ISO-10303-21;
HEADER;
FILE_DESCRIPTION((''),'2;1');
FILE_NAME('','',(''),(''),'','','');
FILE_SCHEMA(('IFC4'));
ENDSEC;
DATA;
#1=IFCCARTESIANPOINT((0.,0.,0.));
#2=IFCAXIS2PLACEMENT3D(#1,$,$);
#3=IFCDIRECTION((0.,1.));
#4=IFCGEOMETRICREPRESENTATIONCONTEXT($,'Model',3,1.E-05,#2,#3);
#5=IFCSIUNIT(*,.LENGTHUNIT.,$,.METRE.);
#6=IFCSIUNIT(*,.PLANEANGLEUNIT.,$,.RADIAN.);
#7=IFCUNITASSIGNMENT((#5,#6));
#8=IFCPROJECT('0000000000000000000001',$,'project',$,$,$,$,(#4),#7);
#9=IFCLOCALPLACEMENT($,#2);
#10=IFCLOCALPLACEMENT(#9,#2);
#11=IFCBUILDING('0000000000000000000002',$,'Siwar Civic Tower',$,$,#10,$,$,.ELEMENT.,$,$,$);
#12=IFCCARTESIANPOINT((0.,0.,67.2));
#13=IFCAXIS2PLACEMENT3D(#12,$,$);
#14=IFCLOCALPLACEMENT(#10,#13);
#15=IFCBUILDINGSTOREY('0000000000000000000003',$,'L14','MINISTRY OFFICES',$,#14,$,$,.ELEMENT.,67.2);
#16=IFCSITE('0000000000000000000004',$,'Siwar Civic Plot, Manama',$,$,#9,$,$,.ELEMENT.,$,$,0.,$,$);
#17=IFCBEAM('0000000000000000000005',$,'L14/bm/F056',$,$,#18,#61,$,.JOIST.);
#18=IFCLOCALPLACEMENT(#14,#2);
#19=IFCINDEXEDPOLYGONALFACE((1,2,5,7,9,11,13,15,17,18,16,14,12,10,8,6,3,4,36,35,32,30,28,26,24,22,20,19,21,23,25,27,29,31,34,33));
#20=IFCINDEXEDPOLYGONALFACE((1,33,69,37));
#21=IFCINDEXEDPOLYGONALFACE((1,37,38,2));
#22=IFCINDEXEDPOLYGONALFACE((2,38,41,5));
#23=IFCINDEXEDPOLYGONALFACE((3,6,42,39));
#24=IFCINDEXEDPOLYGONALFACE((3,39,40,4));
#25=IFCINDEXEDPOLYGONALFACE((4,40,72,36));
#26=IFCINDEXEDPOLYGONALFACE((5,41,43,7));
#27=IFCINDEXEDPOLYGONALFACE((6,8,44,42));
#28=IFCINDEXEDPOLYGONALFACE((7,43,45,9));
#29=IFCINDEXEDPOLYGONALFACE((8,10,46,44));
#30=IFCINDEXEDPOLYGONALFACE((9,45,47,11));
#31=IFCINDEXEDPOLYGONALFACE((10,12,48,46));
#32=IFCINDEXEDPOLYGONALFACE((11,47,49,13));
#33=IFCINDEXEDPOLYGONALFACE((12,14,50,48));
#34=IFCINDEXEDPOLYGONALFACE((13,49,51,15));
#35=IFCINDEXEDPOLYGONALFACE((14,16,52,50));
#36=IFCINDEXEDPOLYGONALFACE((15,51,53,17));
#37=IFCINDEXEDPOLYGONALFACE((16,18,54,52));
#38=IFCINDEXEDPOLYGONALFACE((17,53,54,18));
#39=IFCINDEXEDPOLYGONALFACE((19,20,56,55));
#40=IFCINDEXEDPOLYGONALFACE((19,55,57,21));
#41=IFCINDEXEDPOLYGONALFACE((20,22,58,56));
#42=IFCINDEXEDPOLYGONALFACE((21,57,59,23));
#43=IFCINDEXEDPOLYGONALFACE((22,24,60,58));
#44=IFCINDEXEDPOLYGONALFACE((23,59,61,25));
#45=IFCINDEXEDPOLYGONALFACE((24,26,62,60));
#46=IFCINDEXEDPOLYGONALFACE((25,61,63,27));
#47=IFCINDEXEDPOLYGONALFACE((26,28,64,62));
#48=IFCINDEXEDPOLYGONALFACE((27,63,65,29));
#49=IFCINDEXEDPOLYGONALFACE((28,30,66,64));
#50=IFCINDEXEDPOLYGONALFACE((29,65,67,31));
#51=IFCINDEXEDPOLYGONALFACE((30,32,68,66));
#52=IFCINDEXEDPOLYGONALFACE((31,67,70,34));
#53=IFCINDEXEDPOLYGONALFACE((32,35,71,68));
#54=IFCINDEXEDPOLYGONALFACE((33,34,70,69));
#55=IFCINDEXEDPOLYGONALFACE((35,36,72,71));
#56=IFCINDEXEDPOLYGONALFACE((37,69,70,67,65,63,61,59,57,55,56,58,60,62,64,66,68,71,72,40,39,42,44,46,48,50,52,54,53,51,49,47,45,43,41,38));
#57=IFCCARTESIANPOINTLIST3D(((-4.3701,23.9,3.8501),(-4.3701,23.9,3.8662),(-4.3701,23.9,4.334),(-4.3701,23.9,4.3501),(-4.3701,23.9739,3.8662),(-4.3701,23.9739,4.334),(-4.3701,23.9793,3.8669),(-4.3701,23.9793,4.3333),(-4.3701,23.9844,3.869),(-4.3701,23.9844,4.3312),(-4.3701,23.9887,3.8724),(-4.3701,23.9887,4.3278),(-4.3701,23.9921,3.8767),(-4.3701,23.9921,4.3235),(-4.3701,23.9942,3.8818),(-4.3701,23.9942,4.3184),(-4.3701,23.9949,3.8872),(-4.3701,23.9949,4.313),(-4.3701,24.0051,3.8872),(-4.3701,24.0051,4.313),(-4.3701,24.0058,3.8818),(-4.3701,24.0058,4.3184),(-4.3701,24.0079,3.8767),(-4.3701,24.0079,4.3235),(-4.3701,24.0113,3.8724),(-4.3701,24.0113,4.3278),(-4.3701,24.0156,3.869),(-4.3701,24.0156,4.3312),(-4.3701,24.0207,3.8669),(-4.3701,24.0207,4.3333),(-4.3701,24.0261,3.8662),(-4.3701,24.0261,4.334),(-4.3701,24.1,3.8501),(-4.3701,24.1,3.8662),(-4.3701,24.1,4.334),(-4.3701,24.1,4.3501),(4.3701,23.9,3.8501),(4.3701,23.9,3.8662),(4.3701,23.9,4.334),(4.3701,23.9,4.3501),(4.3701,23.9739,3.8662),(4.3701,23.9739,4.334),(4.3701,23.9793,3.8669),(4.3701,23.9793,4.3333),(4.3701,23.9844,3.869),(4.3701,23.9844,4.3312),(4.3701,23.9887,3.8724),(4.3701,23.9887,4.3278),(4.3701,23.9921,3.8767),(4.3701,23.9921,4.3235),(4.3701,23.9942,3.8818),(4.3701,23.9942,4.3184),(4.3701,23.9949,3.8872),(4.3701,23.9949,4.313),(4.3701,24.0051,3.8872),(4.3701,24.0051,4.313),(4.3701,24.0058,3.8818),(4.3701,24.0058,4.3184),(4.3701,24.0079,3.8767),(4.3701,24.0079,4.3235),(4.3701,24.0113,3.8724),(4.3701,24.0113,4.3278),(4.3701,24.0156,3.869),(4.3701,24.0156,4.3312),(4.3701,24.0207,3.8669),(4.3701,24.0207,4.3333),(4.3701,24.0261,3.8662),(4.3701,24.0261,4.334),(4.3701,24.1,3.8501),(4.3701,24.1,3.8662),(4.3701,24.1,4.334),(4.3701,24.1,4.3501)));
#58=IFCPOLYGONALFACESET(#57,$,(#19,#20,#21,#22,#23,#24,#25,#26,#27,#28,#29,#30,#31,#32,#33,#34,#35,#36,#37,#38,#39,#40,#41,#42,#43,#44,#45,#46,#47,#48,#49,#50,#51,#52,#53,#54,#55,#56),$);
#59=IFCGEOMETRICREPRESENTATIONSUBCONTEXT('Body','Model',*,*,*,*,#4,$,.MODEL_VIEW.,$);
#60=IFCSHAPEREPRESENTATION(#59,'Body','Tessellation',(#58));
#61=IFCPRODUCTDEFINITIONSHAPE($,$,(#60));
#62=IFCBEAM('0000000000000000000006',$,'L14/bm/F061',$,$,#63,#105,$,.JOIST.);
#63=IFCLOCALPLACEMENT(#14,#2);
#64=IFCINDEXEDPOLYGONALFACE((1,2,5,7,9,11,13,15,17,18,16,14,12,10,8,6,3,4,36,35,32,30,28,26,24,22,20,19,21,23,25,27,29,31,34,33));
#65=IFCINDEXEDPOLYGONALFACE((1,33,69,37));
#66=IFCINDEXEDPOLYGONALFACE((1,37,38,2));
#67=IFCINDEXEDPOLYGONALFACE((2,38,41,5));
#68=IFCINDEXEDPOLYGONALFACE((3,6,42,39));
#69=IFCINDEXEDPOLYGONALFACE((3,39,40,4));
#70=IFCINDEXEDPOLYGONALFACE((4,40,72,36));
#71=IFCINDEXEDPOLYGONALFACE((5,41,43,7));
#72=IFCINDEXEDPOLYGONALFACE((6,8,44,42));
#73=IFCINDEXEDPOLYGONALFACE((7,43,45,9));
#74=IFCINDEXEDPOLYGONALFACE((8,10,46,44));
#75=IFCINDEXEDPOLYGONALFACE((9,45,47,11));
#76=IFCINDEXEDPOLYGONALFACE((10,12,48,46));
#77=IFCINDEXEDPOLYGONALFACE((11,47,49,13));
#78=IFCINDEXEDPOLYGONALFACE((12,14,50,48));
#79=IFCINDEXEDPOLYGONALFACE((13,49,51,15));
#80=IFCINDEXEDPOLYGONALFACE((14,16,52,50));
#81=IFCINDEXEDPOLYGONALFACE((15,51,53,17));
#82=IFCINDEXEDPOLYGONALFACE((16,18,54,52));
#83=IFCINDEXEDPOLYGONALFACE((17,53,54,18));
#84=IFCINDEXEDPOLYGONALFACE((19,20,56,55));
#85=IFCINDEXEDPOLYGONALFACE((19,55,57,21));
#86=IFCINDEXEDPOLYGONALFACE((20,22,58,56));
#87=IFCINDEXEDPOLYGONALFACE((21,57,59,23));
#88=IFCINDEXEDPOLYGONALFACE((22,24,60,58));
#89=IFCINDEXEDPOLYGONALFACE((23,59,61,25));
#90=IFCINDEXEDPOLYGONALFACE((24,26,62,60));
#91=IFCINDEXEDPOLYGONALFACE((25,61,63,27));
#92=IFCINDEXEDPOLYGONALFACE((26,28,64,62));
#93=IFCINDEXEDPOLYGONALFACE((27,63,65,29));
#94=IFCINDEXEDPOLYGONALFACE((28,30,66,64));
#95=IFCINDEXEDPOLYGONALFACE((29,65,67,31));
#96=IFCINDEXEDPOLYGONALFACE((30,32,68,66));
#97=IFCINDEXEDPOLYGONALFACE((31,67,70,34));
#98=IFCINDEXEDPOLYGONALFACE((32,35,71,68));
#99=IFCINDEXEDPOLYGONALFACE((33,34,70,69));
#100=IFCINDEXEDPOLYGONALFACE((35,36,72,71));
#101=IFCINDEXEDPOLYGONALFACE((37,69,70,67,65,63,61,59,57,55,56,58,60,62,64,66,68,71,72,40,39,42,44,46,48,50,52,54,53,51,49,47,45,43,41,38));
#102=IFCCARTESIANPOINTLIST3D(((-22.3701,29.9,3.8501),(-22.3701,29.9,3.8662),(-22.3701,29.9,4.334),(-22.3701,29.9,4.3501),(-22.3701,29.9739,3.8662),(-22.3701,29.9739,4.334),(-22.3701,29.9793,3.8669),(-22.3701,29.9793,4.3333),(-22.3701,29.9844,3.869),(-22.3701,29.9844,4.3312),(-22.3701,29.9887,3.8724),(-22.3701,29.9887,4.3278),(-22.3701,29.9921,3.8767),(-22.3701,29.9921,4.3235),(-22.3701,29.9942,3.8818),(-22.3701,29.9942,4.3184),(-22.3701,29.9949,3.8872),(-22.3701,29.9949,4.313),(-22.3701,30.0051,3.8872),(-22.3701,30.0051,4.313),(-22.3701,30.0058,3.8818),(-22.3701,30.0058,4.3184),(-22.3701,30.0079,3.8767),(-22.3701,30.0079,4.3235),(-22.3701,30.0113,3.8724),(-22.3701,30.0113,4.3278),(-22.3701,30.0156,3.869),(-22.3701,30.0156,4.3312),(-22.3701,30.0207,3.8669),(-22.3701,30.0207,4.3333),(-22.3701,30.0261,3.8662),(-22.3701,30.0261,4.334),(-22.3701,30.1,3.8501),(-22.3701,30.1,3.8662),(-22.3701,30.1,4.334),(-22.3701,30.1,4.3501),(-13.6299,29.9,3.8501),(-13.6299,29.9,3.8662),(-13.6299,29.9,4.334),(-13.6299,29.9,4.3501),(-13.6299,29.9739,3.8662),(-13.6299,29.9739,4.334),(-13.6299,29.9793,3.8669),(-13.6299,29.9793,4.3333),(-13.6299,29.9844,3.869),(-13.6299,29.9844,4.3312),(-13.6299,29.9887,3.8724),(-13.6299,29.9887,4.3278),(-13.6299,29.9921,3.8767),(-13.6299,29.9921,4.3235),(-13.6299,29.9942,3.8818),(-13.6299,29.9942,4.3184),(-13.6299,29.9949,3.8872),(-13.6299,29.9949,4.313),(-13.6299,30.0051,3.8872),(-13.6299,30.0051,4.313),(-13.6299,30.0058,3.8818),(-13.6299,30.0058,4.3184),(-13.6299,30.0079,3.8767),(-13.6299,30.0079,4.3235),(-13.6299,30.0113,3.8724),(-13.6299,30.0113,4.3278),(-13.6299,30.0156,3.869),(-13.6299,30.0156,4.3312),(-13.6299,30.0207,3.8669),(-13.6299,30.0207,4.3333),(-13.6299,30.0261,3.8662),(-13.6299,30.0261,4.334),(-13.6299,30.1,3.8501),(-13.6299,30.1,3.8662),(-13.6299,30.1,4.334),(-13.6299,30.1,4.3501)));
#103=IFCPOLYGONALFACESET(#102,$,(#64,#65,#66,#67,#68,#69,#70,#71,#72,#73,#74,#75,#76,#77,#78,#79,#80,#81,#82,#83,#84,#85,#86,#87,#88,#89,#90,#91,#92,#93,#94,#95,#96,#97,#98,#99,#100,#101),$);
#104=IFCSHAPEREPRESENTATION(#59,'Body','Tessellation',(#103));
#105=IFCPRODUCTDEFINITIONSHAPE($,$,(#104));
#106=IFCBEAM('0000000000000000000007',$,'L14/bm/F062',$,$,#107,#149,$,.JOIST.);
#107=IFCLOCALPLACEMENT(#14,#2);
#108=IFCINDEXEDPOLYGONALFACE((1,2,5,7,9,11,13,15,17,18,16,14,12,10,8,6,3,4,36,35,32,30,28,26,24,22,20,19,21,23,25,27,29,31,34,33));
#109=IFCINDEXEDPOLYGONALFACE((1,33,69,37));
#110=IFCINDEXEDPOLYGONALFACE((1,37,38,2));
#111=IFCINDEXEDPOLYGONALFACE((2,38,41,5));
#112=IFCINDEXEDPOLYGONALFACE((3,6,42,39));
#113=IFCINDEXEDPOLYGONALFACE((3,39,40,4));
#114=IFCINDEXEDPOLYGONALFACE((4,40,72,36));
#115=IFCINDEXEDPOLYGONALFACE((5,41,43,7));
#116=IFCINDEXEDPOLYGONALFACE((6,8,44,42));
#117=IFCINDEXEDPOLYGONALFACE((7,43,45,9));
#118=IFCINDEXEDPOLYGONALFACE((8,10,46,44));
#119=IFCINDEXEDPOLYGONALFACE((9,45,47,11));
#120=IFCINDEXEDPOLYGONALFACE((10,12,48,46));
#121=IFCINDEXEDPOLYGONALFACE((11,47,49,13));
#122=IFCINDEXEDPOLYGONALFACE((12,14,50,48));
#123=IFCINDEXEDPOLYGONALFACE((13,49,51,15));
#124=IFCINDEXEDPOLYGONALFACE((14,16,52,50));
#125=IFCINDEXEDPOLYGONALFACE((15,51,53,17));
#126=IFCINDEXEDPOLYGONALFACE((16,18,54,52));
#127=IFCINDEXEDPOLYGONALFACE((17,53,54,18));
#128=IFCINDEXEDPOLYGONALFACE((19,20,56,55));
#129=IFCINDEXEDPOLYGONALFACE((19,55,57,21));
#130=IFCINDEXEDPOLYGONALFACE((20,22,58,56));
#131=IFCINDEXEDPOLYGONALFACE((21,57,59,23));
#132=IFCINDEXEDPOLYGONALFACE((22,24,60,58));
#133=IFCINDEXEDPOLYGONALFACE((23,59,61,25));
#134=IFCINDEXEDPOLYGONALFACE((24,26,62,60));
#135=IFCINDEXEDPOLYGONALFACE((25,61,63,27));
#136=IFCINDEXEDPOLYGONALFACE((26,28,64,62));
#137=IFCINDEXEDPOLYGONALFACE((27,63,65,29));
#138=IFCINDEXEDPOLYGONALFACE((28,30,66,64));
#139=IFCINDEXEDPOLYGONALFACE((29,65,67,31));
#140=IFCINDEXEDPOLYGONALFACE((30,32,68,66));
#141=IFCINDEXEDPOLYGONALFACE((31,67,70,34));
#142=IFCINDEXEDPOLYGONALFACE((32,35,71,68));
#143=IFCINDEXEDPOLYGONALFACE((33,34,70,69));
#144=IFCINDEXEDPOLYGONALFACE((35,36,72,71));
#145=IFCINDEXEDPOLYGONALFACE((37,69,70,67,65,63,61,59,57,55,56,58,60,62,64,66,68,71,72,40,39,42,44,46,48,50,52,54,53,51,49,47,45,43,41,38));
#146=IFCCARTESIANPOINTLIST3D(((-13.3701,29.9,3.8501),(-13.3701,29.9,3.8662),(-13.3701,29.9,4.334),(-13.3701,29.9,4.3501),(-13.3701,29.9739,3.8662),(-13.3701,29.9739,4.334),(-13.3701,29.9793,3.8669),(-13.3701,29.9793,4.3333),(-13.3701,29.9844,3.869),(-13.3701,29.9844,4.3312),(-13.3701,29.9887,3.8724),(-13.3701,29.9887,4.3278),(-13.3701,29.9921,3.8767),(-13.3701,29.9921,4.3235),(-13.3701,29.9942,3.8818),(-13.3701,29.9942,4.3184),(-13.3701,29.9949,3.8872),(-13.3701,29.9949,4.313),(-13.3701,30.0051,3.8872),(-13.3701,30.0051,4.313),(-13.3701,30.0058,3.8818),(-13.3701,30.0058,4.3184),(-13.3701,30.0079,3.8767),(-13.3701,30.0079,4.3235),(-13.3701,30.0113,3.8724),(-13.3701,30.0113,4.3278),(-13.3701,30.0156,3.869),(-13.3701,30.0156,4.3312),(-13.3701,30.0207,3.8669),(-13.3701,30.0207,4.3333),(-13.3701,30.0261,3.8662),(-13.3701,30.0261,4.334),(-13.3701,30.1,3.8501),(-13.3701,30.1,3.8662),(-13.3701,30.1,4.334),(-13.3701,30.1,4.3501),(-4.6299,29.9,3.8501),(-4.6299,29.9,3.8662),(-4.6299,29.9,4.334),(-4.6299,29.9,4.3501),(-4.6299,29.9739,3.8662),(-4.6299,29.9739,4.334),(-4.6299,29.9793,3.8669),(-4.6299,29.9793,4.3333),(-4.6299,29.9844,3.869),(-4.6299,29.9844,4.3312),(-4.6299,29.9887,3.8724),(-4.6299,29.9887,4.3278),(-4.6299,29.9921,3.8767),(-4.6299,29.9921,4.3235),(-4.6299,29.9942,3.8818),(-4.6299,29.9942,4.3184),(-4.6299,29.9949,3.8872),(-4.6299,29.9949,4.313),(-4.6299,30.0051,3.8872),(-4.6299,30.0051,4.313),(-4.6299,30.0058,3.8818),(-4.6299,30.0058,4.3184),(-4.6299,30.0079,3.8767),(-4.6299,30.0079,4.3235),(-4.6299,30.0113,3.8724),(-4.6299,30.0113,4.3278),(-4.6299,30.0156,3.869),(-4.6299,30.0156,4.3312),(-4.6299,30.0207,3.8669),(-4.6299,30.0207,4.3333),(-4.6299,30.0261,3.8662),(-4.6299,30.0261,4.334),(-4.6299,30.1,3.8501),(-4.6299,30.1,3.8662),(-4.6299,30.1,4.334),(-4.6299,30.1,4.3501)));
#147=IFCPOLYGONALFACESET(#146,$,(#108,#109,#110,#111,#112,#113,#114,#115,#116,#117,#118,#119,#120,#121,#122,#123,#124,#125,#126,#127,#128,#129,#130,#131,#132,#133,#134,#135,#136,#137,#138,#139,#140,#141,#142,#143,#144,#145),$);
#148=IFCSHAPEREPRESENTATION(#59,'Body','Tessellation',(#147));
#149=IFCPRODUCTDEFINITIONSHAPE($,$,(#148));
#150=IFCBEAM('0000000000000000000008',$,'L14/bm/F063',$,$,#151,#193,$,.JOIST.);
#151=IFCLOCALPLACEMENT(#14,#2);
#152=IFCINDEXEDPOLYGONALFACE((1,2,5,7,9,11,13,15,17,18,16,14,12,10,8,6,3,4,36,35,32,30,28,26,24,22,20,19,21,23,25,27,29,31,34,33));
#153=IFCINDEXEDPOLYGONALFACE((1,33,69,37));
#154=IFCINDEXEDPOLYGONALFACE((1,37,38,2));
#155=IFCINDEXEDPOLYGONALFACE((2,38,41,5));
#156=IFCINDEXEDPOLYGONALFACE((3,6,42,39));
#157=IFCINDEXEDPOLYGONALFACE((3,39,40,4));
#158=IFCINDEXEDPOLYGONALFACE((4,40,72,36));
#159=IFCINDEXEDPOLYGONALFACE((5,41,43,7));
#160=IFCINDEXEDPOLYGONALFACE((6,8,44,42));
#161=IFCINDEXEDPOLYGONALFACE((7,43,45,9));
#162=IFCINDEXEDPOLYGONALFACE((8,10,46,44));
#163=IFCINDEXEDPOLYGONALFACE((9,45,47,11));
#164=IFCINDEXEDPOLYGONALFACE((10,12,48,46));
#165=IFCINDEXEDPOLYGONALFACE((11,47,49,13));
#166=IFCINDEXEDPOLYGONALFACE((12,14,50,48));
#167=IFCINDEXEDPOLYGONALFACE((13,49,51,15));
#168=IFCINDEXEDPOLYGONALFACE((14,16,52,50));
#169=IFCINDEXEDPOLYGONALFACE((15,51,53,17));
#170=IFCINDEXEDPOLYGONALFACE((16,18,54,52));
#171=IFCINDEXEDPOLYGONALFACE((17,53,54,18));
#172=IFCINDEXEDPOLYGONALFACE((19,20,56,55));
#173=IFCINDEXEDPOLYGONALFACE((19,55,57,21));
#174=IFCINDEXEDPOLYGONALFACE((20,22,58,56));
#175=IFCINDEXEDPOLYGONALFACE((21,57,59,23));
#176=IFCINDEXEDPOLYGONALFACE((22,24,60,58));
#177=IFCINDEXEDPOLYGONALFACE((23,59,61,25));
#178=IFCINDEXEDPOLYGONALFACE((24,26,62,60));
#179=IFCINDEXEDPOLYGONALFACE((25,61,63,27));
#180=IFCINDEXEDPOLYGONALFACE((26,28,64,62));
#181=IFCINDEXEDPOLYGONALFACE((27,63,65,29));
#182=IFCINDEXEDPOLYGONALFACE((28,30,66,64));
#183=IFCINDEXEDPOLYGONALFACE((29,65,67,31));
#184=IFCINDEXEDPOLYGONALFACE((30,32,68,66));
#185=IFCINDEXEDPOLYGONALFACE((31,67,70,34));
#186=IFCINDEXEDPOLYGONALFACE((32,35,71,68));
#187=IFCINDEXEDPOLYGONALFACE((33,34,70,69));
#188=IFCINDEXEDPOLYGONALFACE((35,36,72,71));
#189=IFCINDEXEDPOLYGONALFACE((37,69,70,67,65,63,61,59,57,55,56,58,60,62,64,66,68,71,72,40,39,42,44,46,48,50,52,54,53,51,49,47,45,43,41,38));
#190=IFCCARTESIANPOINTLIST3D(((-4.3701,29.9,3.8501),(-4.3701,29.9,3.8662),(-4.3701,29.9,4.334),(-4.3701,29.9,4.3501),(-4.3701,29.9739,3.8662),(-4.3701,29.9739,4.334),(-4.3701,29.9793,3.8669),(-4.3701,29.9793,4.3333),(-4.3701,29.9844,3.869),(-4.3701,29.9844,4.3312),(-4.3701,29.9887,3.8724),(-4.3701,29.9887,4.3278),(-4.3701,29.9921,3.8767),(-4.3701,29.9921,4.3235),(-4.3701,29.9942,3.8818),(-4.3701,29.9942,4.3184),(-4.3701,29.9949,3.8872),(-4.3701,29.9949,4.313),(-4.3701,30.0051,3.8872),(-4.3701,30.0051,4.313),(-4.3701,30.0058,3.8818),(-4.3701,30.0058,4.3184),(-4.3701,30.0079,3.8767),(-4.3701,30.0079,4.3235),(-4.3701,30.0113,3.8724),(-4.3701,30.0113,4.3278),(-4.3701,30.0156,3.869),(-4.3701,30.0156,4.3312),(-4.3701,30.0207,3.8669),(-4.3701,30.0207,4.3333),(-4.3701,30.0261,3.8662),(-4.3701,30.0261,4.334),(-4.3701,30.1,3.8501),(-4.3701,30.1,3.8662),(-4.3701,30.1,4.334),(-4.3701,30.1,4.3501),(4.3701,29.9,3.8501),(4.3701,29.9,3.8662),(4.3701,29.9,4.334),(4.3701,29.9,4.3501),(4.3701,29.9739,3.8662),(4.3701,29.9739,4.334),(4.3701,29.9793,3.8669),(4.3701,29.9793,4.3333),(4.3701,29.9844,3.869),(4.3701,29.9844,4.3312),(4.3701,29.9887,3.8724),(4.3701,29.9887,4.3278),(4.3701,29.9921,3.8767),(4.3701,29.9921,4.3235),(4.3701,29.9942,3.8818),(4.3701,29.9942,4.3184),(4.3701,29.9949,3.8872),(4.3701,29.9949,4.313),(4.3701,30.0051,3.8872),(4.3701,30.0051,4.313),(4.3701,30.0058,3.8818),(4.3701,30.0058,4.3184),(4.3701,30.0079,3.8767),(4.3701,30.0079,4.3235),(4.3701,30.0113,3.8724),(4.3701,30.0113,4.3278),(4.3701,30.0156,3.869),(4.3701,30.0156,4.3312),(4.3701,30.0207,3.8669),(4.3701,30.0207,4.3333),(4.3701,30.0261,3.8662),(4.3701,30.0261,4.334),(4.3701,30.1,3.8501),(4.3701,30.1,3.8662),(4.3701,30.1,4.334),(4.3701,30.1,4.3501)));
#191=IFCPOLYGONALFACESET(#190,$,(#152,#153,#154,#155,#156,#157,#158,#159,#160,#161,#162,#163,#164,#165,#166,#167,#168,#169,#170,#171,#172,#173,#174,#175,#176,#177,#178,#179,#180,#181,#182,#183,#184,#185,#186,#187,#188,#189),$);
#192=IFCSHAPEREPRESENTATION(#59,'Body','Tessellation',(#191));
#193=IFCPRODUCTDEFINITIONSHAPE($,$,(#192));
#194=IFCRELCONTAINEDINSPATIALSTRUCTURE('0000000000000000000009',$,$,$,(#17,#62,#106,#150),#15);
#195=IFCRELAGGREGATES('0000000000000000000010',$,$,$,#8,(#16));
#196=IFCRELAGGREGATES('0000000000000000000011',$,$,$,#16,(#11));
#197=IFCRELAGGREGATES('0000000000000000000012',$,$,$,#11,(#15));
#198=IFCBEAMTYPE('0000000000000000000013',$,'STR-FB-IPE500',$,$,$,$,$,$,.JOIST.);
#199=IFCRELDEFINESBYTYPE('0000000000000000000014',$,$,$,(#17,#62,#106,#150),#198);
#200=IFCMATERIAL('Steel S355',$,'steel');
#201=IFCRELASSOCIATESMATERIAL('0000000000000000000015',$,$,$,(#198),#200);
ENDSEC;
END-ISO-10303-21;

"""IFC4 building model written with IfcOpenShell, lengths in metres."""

from ifc_helpers import new_model, si_unit, direction, frame, origin, origin_2d, place, context, subcontext, project, spatial, i_section, extrude, material, material_profile, profile_set, type_object, element, save


model = new_model("IFC4")

# Units and contexts
model_context = context("Model", 3, precision=1e-05, world=origin(), true_north=direction((0.0, 1.0)))
body_context = subcontext(model_context, "Body", "Model", "MODEL_VIEW")
ifc_project = project(units=[si_unit("LENGTHUNIT", "METRE"), si_unit("PLANEANGLEUNIT", "RADIAN")], contexts=[model_context])

# Site, building, storey
site_placement = place(None, origin())
site = spatial("IfcSite", under=ifc_project, at=site_placement, Name="Siwar Civic Plot, Manama", CompositionType="ELEMENT", RefElevation=0.0)
building_placement = place(site_placement, origin())
building = spatial("IfcBuilding", under=site, at=building_placement, Name="Siwar Civic Tower", CompositionType="ELEMENT")
storey_placement = place(building_placement, frame((0.0, 0.0, 67.2)))
storey = spatial("IfcBuildingStorey", under=building, at=storey_placement, Name="L14", Description="MINISTRY OFFICES", CompositionType="ELEMENT", Elevation=67.2)

# Beams
ifc_material_1 = material(Name="Steel S355", Category="steel")
ifc_material_profile_1 = material_profile(ifc_material_1, i_section(OverallWidth=0.2, OverallDepth=0.5, WebThickness=0.0103, FlangeThickness=0.0161, FilletRadius=0.021, at=origin_2d()), Name="IPE500")
ifc_profile_set_1 = profile_set([ifc_material_profile_1], Name="Steel S355")
beam_type_1 = type_object("IfcBeamType", Name="STR-FB-IPE500", PredefinedType="JOIST", material=ifc_profile_set_1)
for number, where, z_axis, x_axis, name in (
    (1, (-4.3701, 24.0, 4.1001), (1.0, 0.0, 0.0), (0.0, 1.0, 0.0), "L14/bm/F056"),
    (2, (-22.3701, 30.0, 4.1001), (1.0, 0.0, 0.0), (0.0, 1.0, 0.0), "L14/bm/F061"),
    (3, (-13.3701, 30.0, 4.1001), (1.0, 0.0, 0.0), (0.0, 1.0, 0.0), "L14/bm/F062"),
    (4, (-4.3701, 30.0, 4.1001), (1.0, 0.0, 0.0), (0.0, 1.0, 0.0), "L14/bm/F063"),
):
    element("IfcBeam", number, at=place(storey_placement, frame(where, z_axis=z_axis, x_axis=x_axis)), inside=storey, type_object=beam_type_1, Name=name, PredefinedType="JOIST", context=body_context, shape_type="SweptSolid", body=[
        extrude(i_section(OverallWidth=0.2, OverallDepth=0.5, WebThickness=0.0103, FlangeThickness=0.0161, FilletRadius=0.021, at=origin_2d()), origin(), (0.0, 0.0, 1.0), 8.7402),
    ])

save(model, "model.ifc")
